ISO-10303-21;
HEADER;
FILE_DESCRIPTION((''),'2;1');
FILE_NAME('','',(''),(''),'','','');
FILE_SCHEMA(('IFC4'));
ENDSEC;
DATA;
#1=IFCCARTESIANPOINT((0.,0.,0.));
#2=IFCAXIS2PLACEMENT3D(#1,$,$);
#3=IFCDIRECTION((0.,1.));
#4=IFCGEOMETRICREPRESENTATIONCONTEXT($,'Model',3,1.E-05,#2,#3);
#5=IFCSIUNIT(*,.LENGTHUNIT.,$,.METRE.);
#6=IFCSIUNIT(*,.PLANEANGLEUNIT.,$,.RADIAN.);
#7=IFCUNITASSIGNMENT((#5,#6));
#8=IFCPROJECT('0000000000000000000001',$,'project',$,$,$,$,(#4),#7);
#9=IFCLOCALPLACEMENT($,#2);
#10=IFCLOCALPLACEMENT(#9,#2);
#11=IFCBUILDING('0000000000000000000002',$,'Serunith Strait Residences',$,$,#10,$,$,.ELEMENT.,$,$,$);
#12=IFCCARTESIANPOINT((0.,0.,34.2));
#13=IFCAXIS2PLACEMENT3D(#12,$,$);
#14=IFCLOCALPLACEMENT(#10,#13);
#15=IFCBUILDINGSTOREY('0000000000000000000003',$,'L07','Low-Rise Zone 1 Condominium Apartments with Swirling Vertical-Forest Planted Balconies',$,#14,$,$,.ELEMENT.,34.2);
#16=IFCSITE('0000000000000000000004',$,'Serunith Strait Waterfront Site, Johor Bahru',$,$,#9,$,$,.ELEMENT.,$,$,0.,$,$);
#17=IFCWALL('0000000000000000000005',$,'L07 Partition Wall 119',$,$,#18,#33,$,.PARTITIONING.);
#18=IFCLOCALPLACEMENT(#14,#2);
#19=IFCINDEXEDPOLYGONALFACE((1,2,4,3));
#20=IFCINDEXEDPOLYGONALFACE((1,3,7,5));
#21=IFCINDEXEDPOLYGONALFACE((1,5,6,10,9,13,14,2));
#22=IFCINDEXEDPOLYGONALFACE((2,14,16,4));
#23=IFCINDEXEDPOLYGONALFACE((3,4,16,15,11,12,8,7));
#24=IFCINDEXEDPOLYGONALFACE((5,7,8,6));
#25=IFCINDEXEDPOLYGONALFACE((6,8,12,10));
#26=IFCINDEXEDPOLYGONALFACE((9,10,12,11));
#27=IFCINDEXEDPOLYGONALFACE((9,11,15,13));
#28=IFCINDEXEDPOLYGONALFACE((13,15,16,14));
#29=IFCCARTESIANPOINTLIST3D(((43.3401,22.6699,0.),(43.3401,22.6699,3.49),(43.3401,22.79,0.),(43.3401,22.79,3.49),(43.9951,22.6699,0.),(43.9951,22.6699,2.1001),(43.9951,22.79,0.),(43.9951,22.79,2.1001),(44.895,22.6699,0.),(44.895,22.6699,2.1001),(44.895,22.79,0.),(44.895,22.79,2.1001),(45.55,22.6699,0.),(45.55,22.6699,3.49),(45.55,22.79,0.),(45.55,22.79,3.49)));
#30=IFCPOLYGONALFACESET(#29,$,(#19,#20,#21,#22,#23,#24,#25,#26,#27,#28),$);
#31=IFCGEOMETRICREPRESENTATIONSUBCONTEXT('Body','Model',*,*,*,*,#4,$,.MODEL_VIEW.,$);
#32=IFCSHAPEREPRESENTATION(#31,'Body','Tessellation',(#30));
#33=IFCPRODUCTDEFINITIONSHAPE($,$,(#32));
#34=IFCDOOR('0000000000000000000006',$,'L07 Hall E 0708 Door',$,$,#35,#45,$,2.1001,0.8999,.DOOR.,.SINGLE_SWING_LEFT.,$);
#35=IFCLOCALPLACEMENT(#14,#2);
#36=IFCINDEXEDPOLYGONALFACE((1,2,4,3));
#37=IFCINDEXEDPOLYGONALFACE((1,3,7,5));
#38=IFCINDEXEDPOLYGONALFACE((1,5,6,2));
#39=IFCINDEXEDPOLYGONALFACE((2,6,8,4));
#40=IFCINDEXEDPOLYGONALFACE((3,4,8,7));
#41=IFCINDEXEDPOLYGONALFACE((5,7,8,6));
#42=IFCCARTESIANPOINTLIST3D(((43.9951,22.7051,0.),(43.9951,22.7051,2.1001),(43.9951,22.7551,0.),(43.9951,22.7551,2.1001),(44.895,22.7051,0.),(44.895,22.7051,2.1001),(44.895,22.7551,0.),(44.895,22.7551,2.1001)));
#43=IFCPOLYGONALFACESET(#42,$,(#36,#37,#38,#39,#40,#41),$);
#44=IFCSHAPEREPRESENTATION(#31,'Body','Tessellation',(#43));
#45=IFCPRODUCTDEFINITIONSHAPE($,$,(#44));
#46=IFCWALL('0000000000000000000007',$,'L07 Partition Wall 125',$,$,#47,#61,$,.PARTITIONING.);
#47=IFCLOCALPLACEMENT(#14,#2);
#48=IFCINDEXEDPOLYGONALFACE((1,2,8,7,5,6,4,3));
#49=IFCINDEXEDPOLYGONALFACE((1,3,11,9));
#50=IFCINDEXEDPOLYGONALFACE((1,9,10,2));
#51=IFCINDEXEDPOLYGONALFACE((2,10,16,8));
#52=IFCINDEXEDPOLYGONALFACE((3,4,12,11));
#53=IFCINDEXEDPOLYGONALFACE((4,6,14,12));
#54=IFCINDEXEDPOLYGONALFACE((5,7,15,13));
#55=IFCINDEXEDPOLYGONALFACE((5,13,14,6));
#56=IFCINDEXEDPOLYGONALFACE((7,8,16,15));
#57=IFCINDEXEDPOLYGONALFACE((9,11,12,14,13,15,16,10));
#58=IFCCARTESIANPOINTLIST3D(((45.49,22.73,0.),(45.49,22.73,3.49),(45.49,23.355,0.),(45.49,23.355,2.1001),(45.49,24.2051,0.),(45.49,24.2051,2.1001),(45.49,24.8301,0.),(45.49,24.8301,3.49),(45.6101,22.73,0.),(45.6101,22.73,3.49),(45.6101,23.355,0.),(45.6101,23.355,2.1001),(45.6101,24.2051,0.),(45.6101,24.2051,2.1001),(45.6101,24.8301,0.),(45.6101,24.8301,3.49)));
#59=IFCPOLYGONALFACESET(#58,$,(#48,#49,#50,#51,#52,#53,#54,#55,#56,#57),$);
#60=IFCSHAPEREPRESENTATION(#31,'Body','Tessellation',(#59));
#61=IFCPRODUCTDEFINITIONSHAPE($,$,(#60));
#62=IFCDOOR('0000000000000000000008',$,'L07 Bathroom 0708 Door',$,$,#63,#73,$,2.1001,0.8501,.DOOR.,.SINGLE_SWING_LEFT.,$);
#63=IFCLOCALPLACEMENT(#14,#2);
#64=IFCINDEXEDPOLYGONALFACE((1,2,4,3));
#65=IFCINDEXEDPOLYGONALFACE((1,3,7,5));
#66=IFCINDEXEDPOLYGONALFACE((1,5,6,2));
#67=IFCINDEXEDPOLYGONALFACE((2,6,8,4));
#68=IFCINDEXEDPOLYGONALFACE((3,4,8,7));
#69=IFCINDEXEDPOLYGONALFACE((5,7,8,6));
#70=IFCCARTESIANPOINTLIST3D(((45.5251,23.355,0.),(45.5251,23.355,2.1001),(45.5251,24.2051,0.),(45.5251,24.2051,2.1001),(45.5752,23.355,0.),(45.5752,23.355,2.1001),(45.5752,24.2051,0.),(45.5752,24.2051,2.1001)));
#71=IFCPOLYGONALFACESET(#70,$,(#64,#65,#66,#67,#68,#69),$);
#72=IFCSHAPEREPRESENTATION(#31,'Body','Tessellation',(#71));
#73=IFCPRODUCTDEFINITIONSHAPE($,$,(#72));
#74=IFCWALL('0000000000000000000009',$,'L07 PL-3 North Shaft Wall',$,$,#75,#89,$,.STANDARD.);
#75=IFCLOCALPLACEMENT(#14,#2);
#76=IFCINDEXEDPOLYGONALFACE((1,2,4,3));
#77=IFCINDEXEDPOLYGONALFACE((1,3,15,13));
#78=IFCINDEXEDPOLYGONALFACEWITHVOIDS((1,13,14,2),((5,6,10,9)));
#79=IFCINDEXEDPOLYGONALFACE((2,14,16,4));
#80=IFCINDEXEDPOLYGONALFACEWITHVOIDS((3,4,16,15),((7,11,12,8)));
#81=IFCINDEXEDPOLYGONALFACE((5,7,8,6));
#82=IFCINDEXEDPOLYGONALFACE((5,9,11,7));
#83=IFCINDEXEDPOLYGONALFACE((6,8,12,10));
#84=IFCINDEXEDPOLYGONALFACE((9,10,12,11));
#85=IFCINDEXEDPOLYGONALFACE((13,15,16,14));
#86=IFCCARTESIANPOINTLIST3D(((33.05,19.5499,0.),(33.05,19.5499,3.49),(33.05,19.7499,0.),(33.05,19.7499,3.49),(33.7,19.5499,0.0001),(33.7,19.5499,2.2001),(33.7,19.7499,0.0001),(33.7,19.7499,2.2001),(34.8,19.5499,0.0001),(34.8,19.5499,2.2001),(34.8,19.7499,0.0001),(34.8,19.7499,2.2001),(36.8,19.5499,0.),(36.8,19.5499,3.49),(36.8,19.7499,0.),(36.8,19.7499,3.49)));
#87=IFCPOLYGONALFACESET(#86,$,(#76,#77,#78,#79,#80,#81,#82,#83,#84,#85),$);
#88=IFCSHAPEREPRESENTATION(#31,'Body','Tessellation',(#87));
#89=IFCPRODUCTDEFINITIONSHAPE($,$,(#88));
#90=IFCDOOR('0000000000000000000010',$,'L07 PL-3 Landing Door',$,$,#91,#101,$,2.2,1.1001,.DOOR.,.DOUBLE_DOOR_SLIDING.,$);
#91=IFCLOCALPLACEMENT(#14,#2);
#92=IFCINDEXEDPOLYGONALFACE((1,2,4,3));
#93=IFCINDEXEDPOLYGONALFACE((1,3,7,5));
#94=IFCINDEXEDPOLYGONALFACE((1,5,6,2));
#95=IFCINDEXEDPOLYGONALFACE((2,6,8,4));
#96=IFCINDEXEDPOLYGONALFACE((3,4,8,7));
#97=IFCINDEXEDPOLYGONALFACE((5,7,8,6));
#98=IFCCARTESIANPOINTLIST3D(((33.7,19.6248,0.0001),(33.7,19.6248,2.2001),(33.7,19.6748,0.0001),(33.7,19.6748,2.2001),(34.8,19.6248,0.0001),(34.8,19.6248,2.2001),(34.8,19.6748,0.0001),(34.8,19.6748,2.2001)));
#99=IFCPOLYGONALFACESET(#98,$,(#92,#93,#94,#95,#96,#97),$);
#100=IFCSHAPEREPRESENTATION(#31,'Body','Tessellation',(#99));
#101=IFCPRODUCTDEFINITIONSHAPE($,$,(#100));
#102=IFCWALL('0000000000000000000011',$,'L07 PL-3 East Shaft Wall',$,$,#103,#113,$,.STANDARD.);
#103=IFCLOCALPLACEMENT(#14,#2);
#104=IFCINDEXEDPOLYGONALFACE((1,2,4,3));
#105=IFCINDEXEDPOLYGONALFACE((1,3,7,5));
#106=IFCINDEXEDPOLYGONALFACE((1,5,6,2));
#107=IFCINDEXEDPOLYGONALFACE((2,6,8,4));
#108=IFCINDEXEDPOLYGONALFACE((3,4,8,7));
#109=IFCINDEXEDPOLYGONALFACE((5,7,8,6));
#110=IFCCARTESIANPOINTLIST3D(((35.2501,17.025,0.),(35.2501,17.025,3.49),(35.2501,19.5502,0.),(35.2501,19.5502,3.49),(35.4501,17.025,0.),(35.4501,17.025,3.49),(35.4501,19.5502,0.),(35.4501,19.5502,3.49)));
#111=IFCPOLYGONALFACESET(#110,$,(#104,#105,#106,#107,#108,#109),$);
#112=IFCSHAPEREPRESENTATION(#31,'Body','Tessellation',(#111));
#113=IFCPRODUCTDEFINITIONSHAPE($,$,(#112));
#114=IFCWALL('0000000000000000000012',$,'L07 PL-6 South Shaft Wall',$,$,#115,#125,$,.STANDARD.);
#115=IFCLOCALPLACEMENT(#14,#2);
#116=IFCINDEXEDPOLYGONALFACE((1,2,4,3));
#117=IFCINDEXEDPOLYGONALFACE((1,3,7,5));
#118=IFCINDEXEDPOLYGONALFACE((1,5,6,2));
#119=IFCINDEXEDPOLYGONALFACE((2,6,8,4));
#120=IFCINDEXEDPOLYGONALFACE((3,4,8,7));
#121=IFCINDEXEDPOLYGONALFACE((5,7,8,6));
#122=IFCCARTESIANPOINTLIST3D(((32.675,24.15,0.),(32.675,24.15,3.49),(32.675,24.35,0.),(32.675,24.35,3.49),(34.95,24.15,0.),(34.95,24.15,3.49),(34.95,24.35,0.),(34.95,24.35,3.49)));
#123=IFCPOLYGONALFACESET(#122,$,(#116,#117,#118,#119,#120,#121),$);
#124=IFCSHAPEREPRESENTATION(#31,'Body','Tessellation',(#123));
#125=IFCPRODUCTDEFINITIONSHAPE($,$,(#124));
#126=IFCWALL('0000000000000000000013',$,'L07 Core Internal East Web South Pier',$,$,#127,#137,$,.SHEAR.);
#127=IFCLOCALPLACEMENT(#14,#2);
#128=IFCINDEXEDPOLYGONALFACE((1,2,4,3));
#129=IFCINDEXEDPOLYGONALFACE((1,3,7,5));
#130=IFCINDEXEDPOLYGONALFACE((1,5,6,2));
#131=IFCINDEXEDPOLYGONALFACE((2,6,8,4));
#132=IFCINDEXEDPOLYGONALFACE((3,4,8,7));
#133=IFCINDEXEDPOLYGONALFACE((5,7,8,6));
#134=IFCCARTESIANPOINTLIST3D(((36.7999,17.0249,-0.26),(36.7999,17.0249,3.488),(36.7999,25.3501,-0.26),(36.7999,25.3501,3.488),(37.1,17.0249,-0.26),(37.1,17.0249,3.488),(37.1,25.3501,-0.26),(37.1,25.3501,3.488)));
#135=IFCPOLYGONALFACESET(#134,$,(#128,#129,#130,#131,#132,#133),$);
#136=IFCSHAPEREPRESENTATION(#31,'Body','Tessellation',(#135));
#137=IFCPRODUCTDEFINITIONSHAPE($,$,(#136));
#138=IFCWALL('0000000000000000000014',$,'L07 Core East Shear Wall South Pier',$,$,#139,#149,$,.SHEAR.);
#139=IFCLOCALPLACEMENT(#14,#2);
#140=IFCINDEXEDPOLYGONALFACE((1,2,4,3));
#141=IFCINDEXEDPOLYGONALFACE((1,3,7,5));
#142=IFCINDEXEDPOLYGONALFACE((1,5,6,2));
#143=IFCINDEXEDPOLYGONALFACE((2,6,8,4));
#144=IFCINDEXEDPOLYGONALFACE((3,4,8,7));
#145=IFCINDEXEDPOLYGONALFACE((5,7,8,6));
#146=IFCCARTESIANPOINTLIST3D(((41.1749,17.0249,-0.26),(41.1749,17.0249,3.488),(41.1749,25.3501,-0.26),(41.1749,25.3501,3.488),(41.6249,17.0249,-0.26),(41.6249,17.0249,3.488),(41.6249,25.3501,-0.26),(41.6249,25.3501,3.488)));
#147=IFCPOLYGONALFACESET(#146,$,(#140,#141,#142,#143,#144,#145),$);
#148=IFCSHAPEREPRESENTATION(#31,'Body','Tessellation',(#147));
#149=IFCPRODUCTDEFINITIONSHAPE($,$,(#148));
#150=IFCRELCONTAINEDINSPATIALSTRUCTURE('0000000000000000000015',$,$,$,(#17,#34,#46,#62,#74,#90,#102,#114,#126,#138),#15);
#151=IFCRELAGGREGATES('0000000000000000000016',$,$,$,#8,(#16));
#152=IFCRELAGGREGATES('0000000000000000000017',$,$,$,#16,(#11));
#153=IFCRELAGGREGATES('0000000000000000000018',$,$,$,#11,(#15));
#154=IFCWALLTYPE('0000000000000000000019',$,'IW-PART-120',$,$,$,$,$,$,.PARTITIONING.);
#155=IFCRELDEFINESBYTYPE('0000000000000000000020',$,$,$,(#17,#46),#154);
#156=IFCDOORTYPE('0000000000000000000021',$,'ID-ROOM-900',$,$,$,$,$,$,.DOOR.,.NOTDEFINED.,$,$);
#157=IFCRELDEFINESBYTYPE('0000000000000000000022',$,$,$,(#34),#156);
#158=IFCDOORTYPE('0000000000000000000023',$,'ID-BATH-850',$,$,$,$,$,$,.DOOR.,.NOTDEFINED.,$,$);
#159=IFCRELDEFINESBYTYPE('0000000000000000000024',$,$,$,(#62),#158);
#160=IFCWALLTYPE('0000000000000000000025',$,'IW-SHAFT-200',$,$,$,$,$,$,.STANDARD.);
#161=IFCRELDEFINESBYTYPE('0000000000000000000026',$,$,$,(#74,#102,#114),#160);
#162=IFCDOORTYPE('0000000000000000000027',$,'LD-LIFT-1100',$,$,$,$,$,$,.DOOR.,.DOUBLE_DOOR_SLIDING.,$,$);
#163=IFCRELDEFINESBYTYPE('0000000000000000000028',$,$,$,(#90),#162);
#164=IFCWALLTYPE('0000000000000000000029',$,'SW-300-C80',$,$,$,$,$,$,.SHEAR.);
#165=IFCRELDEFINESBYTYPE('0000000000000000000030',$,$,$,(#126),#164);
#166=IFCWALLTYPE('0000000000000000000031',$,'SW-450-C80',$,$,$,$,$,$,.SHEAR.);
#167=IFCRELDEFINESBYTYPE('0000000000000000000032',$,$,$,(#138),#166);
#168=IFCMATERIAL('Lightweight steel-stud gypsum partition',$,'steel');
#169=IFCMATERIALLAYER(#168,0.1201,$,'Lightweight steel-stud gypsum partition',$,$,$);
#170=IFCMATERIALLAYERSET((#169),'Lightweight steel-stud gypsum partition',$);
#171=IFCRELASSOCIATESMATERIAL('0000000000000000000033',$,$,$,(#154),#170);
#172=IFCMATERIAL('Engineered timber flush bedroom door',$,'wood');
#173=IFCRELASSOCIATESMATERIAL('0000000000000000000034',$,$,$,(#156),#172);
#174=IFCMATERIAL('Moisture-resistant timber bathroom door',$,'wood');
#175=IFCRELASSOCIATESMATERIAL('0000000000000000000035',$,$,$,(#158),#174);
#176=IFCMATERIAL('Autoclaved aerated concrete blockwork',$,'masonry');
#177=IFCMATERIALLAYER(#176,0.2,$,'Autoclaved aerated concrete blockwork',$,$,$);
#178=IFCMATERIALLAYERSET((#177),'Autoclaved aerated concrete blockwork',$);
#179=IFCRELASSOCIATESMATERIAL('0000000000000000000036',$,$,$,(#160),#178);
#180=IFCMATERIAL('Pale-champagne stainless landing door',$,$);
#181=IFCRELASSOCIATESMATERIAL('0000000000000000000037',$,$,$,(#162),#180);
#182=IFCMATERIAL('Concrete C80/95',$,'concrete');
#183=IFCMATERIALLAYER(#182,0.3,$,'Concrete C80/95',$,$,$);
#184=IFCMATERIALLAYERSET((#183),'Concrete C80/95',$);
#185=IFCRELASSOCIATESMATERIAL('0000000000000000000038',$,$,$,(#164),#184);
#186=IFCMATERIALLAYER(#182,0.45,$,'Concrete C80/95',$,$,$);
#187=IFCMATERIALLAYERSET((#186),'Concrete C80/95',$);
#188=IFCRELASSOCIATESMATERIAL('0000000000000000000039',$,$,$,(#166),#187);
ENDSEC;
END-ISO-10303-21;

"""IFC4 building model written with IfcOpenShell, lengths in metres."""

from ifc_helpers import new_model, si_unit, direction, frame, frame_2d, origin, place, context, subcontext, project, spatial, rectangle, extrude, source, transform, mapped, material, layer, layer_set, type_object, element, fill, save


model = new_model("IFC4")

# Units and contexts
model_context = context("Model", 3, precision=1e-05, world=origin(), true_north=direction((0.0, 1.0)))
body_context = subcontext(model_context, "Body", "Model", "MODEL_VIEW")
ifc_project = project(units=[si_unit("LENGTHUNIT", "METRE"), si_unit("PLANEANGLEUNIT", "RADIAN")], contexts=[model_context])

# Site, building, storey
site_placement = place(None, origin())
site = spatial("IfcSite", under=ifc_project, at=site_placement, Name="Serunith Strait Waterfront Site, Johor Bahru", CompositionType="ELEMENT", RefElevation=0.0)
building_placement = place(site_placement, origin())
building = spatial("IfcBuilding", under=site, at=building_placement, Name="Serunith Strait Residences", CompositionType="ELEMENT")
storey_placement = place(building_placement, frame((0.0, 0.0, 34.2)))
storey = spatial("IfcBuildingStorey", under=building, at=storey_placement, Name="L07", Description="Low-Rise Zone 1 Condominium Apartments with Swirling Vertical-Forest Planted Balconies", CompositionType="ELEMENT", Elevation=34.2)

# Walls, openings, doors
ifc_material_1 = material(Name="Lightweight steel-stud gypsum partition", Category="steel")
ifc_layer_1 = layer(ifc_material_1, 0.1201, Name="Lightweight steel-stud gypsum partition")
ifc_layer_set_1 = layer_set([ifc_layer_1], Name="Lightweight steel-stud gypsum partition")
wall_type_1 = type_object("IfcWallType", Name="IW-PART-120", PredefinedType="PARTITIONING", material=ifc_layer_set_1)
wall_1_placement = place(storey_placement, frame((45.55, 22.73, 0.0), z_axis=(0.0, 0.0, 1.0), x_axis=(-1.0, 0.0, 0.0)))
wall_1 = element("IfcWall", 1, at=wall_1_placement, inside=storey, type_object=wall_type_1, Name="L07 Partition Wall 119", PredefinedType="PARTITIONING", context=body_context, shape_type="SweptSolid", body=[
    extrude(rectangle(XDim=2.21, YDim=0.1201, at=frame_2d((1.105, 0.0))), origin(), (0.0, 0.0, 1.0), 3.49),
])
opening_1_placement = place(wall_1_placement, frame((0.655, 0.0, 0.0)))
opening_1 = element("IfcOpeningElement", 2, at=opening_1_placement, cuts=wall_1, PredefinedType="OPENING", context=body_context, shape_type="SweptSolid", body=[
    extrude(rectangle(XDim=0.8999, YDim=2.1001, at=frame_2d((0.45, 1.05))), frame((0.0, 0.0701, 0.0), z_axis=(0.0, -1.0, 0.0), x_axis=(1.0, 0.0, 0.0)), (0.0, 0.0, 1.0), 0.1401),
])
ifc_material_2 = material(Name="Engineered timber flush bedroom door", Category="wood")
door_type_1 = type_object("IfcDoorType", Name="ID-ROOM-900", OperationType="NOTDEFINED", PredefinedType="DOOR", material=ifc_material_2)
shared_shape_1 = source(origin(), body_context, "Body", "SweptSolid", [
    extrude(rectangle(XDim=0.8999, YDim=2.1001, at=frame_2d((0.45, 1.05))), frame((0.0, 0.0249, 0.0), z_axis=(0.0, -1.0, 0.0), x_axis=(1.0, 0.0, 0.0)), (0.0, 0.0, 1.0), 0.05),
])
door_1_placement = place(opening_1_placement, origin())
door_1 = element("IfcDoor", 3, at=door_1_placement, inside=storey, type_object=door_type_1, Name="L07 Hall E 0708 Door", OperationType="SINGLE_SWING_LEFT", OverallHeight=2.1001, OverallWidth=0.8999, PredefinedType="DOOR", context=body_context, shape_type="MappedRepresentation", body=[
    mapped(shared_shape_1, transform((0.0, 0.0, 0.0), scale=1.0)),
])
fill(opening_1, door_1)
wall_2_placement = place(storey_placement, frame((45.55, 22.73, 0.0), z_axis=(0.0, 0.0, 1.0), x_axis=(0.0, 1.0, 0.0)))
wall_2 = element("IfcWall", 4, at=wall_2_placement, inside=storey, type_object=wall_type_1, Name="L07 Partition Wall 125", PredefinedType="PARTITIONING", context=body_context, shape_type="SweptSolid", body=[
    extrude(rectangle(XDim=2.1001, YDim=0.1201, at=frame_2d((1.05, 0.0))), origin(), (0.0, 0.0, 1.0), 3.49),
])
opening_2_placement = place(wall_2_placement, frame((0.625, 0.0, 0.0)))
opening_2 = element("IfcOpeningElement", 5, at=opening_2_placement, cuts=wall_2, PredefinedType="OPENING", context=body_context, shape_type="SweptSolid", body=[
    extrude(rectangle(XDim=0.8501, YDim=2.1001, at=frame_2d((0.425, 1.05))), frame((0.0, 0.0701, 0.0), z_axis=(0.0, -1.0, 0.0), x_axis=(1.0, 0.0, 0.0)), (0.0, 0.0, 1.0), 0.1401),
])
ifc_material_3 = material(Name="Moisture-resistant timber bathroom door", Category="wood")
door_type_2 = type_object("IfcDoorType", Name="ID-BATH-850", OperationType="NOTDEFINED", PredefinedType="DOOR", material=ifc_material_3)
shared_shape_2 = source(origin(), body_context, "Body", "SweptSolid", [
    extrude(rectangle(XDim=0.8501, YDim=2.1001, at=frame_2d((0.425, 1.05))), frame((0.0, 0.0249, 0.0), z_axis=(0.0, -1.0, 0.0), x_axis=(1.0, 0.0, 0.0)), (0.0, 0.0, 1.0), 0.05),
])
door_2_placement = place(opening_2_placement, origin())
door_2 = element("IfcDoor", 6, at=door_2_placement, inside=storey, type_object=door_type_2, Name="L07 Bathroom 0708 Door", OperationType="SINGLE_SWING_LEFT", OverallHeight=2.1001, OverallWidth=0.8501, PredefinedType="DOOR", context=body_context, shape_type="MappedRepresentation", body=[
    mapped(shared_shape_2, transform((0.0, 0.0, 0.0), scale=1.0)),
])
fill(opening_2, door_2)
ifc_material_4 = material(Name="Autoclaved aerated concrete blockwork", Category="masonry")
ifc_layer_2 = layer(ifc_material_4, 0.2, Name="Autoclaved aerated concrete blockwork")
ifc_layer_set_2 = layer_set([ifc_layer_2], Name="Autoclaved aerated concrete blockwork")
wall_type_2 = type_object("IfcWallType", Name="IW-SHAFT-200", PredefinedType="STANDARD", material=ifc_layer_set_2)
wall_3_placement = place(storey_placement, frame((33.05, 19.6499, 0.0), z_axis=(0.0, 0.0, 1.0), x_axis=(1.0, 0.0, 0.0)))
wall_3 = element("IfcWall", 7, at=wall_3_placement, inside=storey, type_object=wall_type_2, Name="L07 PL-3 North Shaft Wall", PredefinedType="STANDARD", context=body_context, shape_type="SweptSolid", body=[
    extrude(rectangle(XDim=3.75, YDim=0.2, at=frame_2d((1.875, 0.0))), origin(), (0.0, 0.0, 1.0), 3.49),
])
opening_3_placement = place(wall_3_placement, frame((0.6499, 0.0, 0.0)))
opening_3 = element("IfcOpeningElement", 8, at=opening_3_placement, cuts=wall_3, PredefinedType="OPENING", context=body_context, shape_type="SweptSolid", body=[
    extrude(rectangle(XDim=1.1001, YDim=2.2, at=frame_2d((0.55, 1.1001))), frame((0.0, 0.1099, 0.0), z_axis=(0.0, -1.0, 0.0), x_axis=(1.0, 0.0, 0.0)), (0.0, 0.0, 1.0), 0.22),
])
ifc_material_5 = material(Name="Pale-champagne stainless landing door")
door_type_3 = type_object("IfcDoorType", Name="LD-LIFT-1100", OperationType="DOUBLE_DOOR_SLIDING", PredefinedType="DOOR", material=ifc_material_5)
shared_shape_3 = source(origin(), body_context, "Body", "SweptSolid", [
    extrude(rectangle(XDim=1.1001, YDim=2.2, at=frame_2d((0.55, 1.1001))), frame((0.0, 0.0249, 0.0), z_axis=(0.0, -1.0, 0.0), x_axis=(1.0, 0.0, 0.0)), (0.0, 0.0, 1.0), 0.05),
])
door_3_placement = place(opening_3_placement, origin())
door_3 = element("IfcDoor", 9, at=door_3_placement, inside=storey, type_object=door_type_3, Name="L07 PL-3 Landing Door", OperationType="DOUBLE_DOOR_SLIDING", OverallHeight=2.2, OverallWidth=1.1001, PredefinedType="DOOR", context=body_context, shape_type="MappedRepresentation", body=[
    mapped(shared_shape_3, transform((0.0, 0.0, 0.0), scale=1.0)),
])
fill(opening_3, door_3)

# Walls
wall_4_placement = place(storey_placement, frame((35.3501, 17.0249, 0.0), z_axis=(0.0, 0.0, 1.0), x_axis=(0.0, 1.0, 0.0)))
element("IfcWall", 10, at=wall_4_placement, inside=storey, type_object=wall_type_2, Name="L07 PL-3 East Shaft Wall", PredefinedType="STANDARD", context=body_context, shape_type="SweptSolid", body=[
    extrude(rectangle(XDim=2.5251, YDim=0.2, at=frame_2d((1.2627, 0.0))), origin(), (0.0, 0.0, 1.0), 3.49),
])
wall_5_placement = place(storey_placement, frame((32.675, 24.25, 0.0), z_axis=(0.0, 0.0, 1.0), x_axis=(1.0, 0.0, 0.0)))
element("IfcWall", 11, at=wall_5_placement, inside=storey, type_object=wall_type_2, Name="L07 PL-6 South Shaft Wall", PredefinedType="STANDARD", context=body_context, shape_type="SweptSolid", body=[
    extrude(rectangle(XDim=2.2749, YDim=0.2, at=frame_2d((1.1375, 0.0))), origin(), (0.0, 0.0, 1.0), 3.49),
])
ifc_material_6 = material(Name="Concrete C80/95", Category="concrete")
ifc_layer_3 = layer(ifc_material_6, 0.3, Name="Concrete C80/95")
ifc_layer_set_3 = layer_set([ifc_layer_3], Name="Concrete C80/95")
wall_type_3 = type_object("IfcWallType", Name="SW-300-C80", PredefinedType="SHEAR", material=ifc_layer_set_3)
wall_6_placement = place(storey_placement, frame((36.95, 17.0249, -0.26), z_axis=(0.0, 0.0, 1.0), x_axis=(0.0, 1.0, 0.0)))
element("IfcWall", 12, at=wall_6_placement, inside=storey, type_object=wall_type_3, Name="L07 Core Internal East Web South Pier", PredefinedType="SHEAR", context=body_context, shape_type="SweptSolid", body=[
    extrude(rectangle(XDim=8.3252, YDim=0.3, at=frame_2d((4.1626, 0.0))), origin(), (0.0, 0.0, 1.0), 3.748),
])
ifc_layer_4 = layer(ifc_material_6, 0.45, Name="Concrete C80/95")
ifc_layer_set_4 = layer_set([ifc_layer_4], Name="Concrete C80/95")
wall_type_4 = type_object("IfcWallType", Name="SW-450-C80", PredefinedType="SHEAR", material=ifc_layer_set_4)
wall_7_placement = place(storey_placement, frame((41.3999, 17.0249, -0.26), z_axis=(0.0, 0.0, 1.0), x_axis=(0.0, 1.0, 0.0)))
element("IfcWall", 13, at=wall_7_placement, inside=storey, type_object=wall_type_4, Name="L07 Core East Shear Wall South Pier", PredefinedType="SHEAR", context=body_context, shape_type="SweptSolid", body=[
    extrude(rectangle(XDim=8.3252, YDim=0.45, at=frame_2d((4.1626, 0.0))), origin(), (0.0, 0.0, 1.0), 3.748),
])

save(model, "model.ifc")
